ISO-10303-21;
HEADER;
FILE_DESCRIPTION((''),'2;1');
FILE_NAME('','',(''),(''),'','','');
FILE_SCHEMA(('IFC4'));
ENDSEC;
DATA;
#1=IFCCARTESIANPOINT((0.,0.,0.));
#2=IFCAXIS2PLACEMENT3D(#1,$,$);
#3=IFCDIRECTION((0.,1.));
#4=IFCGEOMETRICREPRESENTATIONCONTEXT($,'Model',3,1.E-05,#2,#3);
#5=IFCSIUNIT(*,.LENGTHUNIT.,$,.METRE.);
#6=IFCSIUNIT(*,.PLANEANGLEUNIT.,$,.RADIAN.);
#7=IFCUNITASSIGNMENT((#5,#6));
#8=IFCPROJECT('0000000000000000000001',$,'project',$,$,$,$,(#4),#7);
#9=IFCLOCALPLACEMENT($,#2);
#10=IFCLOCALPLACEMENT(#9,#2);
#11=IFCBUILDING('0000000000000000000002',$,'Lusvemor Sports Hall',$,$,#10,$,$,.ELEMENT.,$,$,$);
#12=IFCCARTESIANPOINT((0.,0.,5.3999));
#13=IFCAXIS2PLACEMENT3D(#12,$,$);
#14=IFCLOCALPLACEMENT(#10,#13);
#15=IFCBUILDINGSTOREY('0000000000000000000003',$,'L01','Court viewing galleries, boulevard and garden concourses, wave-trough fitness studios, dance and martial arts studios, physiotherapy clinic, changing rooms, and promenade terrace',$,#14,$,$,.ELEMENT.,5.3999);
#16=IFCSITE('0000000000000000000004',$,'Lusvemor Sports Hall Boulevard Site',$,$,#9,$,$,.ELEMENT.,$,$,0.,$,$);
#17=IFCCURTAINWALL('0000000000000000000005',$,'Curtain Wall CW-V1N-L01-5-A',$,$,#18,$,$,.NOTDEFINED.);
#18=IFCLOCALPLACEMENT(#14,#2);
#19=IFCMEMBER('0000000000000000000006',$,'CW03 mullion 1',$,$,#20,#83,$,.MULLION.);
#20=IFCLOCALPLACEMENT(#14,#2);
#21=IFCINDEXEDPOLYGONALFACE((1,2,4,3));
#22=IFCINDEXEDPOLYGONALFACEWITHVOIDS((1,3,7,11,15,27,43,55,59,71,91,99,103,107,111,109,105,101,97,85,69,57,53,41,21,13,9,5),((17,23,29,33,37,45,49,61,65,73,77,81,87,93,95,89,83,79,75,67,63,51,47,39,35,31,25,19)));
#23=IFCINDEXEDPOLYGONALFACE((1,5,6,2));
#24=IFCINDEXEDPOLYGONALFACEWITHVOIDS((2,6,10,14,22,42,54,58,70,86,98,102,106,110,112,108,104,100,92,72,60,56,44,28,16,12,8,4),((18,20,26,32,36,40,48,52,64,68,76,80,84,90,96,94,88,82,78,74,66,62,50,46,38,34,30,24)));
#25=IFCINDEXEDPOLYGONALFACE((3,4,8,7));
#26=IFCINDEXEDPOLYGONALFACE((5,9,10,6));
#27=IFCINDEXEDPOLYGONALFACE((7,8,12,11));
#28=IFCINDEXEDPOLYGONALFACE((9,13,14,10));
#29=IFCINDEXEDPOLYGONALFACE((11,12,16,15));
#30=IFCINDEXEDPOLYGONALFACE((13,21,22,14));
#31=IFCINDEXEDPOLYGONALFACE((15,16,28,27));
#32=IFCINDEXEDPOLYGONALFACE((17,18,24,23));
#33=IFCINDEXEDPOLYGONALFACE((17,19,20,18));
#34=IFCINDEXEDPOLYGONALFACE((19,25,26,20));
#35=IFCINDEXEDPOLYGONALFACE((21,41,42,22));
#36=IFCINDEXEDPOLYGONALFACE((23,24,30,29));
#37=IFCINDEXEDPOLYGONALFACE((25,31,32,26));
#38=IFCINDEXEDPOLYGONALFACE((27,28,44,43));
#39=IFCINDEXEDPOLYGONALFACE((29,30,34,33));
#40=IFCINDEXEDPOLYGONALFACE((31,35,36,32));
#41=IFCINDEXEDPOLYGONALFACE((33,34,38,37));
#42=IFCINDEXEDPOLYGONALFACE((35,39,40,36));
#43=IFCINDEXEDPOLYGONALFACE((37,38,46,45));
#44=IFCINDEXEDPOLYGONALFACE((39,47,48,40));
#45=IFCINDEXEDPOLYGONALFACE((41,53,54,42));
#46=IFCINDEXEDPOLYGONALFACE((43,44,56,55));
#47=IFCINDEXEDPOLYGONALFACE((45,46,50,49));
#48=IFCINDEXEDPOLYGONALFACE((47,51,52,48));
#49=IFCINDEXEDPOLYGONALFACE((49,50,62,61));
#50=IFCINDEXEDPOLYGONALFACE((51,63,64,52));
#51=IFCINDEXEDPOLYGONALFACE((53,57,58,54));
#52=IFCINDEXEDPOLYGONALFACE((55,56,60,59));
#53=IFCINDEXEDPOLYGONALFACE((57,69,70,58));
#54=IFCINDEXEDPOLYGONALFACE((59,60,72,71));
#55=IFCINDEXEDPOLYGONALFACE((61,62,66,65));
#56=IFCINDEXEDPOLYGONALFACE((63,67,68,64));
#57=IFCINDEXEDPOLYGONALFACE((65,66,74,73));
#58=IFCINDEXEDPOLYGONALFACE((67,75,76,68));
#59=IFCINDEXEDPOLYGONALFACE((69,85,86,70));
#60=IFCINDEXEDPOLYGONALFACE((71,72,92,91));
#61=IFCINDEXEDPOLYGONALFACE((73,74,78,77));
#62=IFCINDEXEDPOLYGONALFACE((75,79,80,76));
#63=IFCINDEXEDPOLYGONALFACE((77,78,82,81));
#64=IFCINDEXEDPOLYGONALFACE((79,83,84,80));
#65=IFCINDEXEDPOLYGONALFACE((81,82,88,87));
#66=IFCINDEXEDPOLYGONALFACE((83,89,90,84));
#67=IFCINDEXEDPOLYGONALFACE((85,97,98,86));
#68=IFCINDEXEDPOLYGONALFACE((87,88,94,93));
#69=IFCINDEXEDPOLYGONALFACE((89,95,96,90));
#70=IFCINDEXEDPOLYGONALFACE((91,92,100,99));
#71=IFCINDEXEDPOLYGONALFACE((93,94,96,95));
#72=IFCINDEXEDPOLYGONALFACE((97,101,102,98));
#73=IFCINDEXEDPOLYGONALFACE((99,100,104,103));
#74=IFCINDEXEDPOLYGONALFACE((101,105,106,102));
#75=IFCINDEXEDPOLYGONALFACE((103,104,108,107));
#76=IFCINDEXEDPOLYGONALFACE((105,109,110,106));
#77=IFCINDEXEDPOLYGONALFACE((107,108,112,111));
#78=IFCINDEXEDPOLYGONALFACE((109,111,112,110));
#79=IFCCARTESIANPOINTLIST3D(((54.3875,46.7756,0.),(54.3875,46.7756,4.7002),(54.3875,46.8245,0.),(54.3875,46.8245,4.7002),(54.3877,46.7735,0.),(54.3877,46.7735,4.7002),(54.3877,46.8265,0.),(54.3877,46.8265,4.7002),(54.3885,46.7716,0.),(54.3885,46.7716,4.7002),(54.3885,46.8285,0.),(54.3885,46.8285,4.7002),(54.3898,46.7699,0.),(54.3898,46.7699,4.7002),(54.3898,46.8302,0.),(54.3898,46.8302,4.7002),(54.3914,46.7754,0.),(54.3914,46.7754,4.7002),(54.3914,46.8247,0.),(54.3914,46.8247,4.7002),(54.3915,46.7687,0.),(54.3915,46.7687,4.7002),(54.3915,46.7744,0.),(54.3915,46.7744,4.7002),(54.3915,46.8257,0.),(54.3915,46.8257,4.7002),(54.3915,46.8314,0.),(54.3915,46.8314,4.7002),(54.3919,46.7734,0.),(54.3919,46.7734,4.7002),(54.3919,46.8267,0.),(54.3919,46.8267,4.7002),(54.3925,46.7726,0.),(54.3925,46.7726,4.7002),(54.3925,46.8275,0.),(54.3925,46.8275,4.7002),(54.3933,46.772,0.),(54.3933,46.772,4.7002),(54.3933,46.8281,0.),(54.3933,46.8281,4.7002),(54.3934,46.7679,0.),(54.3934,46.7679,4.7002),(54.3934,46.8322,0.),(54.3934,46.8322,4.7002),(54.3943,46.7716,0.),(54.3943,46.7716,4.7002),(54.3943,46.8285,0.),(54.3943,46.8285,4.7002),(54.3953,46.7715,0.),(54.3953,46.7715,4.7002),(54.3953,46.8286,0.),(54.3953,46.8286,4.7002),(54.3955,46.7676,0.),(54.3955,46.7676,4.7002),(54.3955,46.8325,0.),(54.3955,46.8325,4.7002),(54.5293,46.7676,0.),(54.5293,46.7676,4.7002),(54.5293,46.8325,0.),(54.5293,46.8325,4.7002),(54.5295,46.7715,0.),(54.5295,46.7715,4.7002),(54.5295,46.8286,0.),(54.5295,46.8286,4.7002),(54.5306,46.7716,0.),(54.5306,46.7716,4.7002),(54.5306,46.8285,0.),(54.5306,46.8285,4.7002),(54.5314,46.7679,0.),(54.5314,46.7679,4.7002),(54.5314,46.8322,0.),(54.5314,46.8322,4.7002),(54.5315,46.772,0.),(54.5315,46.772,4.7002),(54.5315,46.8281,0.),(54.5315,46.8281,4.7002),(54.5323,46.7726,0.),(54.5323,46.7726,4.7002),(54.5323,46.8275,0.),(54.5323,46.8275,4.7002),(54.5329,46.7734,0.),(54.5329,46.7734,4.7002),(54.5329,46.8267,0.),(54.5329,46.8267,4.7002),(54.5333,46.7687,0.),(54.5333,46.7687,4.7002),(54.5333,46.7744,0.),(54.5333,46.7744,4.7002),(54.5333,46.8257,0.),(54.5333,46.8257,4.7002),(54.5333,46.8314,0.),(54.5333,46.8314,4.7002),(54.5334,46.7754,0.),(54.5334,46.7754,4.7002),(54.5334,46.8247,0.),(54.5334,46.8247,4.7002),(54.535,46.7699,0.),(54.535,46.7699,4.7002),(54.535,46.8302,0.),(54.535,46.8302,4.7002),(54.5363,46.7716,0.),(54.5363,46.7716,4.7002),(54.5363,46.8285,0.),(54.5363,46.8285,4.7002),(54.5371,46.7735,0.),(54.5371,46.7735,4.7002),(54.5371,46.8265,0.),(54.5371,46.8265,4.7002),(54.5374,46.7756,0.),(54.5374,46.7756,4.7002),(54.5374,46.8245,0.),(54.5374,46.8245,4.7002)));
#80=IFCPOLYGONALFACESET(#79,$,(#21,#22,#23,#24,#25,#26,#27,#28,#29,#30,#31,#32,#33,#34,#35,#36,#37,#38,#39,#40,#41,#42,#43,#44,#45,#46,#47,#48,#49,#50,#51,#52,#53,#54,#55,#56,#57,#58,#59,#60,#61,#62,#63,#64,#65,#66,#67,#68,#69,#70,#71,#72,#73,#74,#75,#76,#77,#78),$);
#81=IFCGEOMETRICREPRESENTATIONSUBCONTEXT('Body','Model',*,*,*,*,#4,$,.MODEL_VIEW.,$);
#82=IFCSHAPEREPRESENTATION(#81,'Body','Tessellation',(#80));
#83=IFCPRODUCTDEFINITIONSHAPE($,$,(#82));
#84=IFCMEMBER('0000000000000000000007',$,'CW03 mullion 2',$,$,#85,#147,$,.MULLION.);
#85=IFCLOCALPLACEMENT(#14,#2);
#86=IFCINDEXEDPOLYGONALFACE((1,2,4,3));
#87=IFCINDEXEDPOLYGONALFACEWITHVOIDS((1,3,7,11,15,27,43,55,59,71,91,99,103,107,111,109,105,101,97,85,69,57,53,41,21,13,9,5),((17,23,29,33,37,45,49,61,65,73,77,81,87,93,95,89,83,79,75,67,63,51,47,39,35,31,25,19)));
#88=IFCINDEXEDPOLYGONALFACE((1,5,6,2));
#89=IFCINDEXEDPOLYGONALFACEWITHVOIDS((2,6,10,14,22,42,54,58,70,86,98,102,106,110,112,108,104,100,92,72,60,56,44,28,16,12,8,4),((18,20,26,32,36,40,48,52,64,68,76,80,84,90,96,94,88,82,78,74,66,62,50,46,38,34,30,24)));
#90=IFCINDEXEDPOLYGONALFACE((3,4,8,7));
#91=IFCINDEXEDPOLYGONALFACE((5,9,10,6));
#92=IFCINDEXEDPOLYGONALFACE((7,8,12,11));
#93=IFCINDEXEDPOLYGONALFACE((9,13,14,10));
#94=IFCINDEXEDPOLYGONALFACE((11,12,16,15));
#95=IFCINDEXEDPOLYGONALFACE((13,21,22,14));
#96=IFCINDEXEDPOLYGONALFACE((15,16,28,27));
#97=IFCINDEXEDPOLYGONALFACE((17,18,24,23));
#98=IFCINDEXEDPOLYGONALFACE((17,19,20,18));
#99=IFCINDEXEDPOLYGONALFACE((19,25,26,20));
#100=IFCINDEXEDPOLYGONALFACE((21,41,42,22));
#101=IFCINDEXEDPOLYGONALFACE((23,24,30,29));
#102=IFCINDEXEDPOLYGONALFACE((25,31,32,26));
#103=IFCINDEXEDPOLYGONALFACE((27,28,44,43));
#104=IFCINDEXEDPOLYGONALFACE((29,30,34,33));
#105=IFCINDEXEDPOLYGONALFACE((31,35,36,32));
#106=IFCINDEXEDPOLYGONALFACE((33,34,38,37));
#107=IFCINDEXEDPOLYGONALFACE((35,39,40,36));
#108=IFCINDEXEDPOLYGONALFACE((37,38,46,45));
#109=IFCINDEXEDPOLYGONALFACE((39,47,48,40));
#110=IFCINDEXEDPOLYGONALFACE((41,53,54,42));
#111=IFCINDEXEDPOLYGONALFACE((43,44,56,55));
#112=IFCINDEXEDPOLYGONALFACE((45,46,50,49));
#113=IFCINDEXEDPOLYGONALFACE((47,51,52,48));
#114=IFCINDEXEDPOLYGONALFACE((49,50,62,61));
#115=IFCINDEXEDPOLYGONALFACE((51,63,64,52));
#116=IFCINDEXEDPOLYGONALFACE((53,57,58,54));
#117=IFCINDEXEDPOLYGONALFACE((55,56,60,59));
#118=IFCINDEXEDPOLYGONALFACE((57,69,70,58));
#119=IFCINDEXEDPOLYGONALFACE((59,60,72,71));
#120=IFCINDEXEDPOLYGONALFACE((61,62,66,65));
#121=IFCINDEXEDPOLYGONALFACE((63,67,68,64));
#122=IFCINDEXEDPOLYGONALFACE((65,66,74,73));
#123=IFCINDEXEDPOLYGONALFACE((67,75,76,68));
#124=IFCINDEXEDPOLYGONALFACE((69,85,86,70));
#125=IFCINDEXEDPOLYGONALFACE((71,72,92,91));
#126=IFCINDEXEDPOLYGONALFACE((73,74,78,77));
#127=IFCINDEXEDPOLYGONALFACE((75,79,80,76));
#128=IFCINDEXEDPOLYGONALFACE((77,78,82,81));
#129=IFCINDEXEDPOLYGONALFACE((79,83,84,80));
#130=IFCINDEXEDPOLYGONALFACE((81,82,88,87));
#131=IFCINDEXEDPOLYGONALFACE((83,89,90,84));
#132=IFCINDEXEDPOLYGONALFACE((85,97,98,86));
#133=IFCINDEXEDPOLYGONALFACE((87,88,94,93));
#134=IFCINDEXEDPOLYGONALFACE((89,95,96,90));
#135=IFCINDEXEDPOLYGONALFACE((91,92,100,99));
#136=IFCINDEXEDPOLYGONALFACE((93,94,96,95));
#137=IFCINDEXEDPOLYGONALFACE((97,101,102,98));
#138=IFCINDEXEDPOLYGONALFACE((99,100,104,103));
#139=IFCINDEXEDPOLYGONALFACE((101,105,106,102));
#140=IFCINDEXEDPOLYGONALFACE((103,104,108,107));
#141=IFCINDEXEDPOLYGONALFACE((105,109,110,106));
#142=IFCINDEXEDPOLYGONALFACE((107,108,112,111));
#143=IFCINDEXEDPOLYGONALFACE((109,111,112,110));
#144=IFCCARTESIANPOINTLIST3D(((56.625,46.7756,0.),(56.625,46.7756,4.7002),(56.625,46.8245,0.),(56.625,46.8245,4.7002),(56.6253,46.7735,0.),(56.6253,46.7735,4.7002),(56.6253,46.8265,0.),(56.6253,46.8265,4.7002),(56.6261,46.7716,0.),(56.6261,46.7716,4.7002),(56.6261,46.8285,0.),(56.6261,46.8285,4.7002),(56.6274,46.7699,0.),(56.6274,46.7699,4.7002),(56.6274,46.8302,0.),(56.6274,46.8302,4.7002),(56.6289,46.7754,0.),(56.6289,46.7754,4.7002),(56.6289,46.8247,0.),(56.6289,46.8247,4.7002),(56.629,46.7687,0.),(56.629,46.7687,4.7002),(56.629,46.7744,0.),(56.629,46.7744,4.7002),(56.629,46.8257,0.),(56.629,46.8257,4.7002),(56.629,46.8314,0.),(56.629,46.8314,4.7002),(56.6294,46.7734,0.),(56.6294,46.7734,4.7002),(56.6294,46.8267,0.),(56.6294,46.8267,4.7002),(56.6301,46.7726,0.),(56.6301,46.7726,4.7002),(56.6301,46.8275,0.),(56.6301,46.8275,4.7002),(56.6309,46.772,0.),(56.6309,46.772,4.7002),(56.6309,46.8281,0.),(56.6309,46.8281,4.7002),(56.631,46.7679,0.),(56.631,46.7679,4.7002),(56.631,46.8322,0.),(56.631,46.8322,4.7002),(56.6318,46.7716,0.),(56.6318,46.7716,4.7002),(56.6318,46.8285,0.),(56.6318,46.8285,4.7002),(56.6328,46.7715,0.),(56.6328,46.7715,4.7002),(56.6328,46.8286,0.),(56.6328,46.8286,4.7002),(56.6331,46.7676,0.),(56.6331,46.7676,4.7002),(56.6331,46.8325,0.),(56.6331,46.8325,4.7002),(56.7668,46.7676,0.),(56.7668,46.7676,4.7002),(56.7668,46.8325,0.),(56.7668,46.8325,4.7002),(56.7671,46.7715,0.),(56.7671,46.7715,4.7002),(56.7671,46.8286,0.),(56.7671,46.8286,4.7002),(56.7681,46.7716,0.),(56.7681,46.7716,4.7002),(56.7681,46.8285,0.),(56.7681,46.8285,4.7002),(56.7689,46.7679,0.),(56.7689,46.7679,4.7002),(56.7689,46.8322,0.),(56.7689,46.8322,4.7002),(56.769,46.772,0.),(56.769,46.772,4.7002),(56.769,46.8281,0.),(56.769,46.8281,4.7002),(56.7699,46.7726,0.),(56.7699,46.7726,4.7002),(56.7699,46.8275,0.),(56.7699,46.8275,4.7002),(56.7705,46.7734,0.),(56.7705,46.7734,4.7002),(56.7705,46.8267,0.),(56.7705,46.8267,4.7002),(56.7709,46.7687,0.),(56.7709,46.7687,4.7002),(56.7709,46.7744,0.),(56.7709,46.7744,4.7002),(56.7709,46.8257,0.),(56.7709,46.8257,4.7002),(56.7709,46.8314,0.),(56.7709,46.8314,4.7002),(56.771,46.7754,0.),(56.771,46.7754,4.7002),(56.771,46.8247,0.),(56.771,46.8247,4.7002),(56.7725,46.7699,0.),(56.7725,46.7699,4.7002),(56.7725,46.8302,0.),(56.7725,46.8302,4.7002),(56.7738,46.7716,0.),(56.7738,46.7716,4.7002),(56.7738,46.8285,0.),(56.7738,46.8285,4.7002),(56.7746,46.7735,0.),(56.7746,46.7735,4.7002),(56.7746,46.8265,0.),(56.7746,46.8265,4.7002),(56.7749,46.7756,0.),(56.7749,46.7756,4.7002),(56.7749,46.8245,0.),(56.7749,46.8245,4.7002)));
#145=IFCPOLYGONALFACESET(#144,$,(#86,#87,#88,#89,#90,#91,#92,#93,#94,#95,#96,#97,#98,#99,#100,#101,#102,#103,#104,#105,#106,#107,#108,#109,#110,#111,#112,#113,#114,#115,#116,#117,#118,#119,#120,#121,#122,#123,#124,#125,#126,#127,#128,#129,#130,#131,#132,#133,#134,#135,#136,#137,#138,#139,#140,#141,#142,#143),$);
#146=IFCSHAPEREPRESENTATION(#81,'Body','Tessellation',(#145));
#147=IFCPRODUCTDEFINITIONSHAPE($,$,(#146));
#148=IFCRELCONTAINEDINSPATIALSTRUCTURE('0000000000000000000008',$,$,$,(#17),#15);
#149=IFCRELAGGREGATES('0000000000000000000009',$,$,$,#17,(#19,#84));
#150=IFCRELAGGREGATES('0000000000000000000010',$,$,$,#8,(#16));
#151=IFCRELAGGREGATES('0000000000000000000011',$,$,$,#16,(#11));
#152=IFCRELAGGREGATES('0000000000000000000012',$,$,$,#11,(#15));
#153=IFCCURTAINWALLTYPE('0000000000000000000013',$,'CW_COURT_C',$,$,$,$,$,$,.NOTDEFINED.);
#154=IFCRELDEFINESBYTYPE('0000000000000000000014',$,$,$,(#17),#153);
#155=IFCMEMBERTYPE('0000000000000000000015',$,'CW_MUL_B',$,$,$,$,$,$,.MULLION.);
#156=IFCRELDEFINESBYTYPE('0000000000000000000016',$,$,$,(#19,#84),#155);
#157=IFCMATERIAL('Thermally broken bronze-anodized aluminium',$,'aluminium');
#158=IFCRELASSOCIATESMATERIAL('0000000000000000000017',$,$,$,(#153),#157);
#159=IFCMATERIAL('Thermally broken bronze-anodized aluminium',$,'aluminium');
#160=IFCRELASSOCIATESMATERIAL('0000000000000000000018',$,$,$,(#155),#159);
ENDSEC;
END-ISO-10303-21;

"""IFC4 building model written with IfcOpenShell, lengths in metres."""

from ifc_helpers import new_model, si_unit, direction, frame, origin, origin_2d, place, context, subcontext, project, spatial, hollow_rectangle, extrude, material, material_profile, profile_set, type_object, element, aggregate, save


model = new_model("IFC4")

# Units and contexts
model_context = context("Model", 3, precision=1e-05, world=origin(), true_north=direction((0.0, 1.0)))
body_context = subcontext(model_context, "Body", "Model", "MODEL_VIEW")
ifc_project = project(units=[si_unit("LENGTHUNIT", "METRE"), si_unit("PLANEANGLEUNIT", "RADIAN")], contexts=[model_context])

# Site, building, storey
site_placement = place(None, origin())
site = spatial("IfcSite", under=ifc_project, at=site_placement, Name="Lusvemor Sports Hall Boulevard Site", CompositionType="ELEMENT", RefElevation=0.0)
building_placement = place(site_placement, origin())
building = spatial("IfcBuilding", under=site, at=building_placement, Name="Lusvemor Sports Hall", CompositionType="ELEMENT")
storey_placement = place(building_placement, frame((0.0, 0.0, 5.3999)))
storey = spatial("IfcBuildingStorey", under=building, at=storey_placement, Name="L01", Description="Court viewing galleries, boulevard and garden concourses, wave-trough fitness studios, dance and martial arts studios, physiotherapy clinic, changing rooms, and promenade terrace", CompositionType="ELEMENT", Elevation=5.3999)

# Curtain wall, members
ifc_material_1 = material(Name="Thermally broken bronze-anodized aluminium", Category="aluminium")
curtain_wall_type = type_object("IfcCurtainWallType", Name="CW_COURT_C", PredefinedType="NOTDEFINED", material=ifc_material_1)
ifc_material_2 = material(Name="Thermally broken bronze-anodized aluminium", Category="aluminium")
ifc_material_profile_1 = material_profile(ifc_material_2, hollow_rectangle(XDim=0.0649, YDim=0.1499, WallThickness=0.0039, InnerFilletRadius=0.0039, OuterFilletRadius=0.0081, at=origin_2d()), Name="CWMUL150x65x4")
ifc_profile_set_1 = profile_set([ifc_material_profile_1], Name="Thermally broken bronze-anodized aluminium")
member_type_1 = type_object("IfcMemberType", Name="CW_MUL_B", PredefinedType="MULLION", material=ifc_profile_set_1)
curtain_wall_1_placement = place(storey_placement, origin())
curtain_wall_1 = element("IfcCurtainWall", 1, at=curtain_wall_1_placement, inside=storey, type_object=curtain_wall_type, Name="Curtain Wall CW-V1N-L01-5-A", PredefinedType="NOTDEFINED")
member_1_placement = place(storey_placement, frame((54.4624, 46.8, 0.0), z_axis=(0.0, 0.0, 1.0), x_axis=(0.0, 1.0, 0.0)))
member_1 = element("IfcMember", 2, at=member_1_placement, type_object=member_type_1, Name="CW03 mullion 1", PredefinedType="MULLION", context=body_context, shape_type="SweptSolid", body=[
    extrude(hollow_rectangle(XDim=0.0649, YDim=0.1499, WallThickness=0.0039, InnerFilletRadius=0.0039, OuterFilletRadius=0.0081, at=origin_2d()), origin(), (0.0, 0.0, 1.0), 4.7002),
])
member_2_placement = place(storey_placement, frame((56.7, 46.8, 0.0), z_axis=(0.0, 0.0, 1.0), x_axis=(0.0, 1.0, 0.0)))
member_2 = element("IfcMember", 3, at=member_2_placement, type_object=member_type_1, Name="CW03 mullion 2", PredefinedType="MULLION", context=body_context, shape_type="SweptSolid", body=[
    extrude(hollow_rectangle(XDim=0.0649, YDim=0.1499, WallThickness=0.0039, InnerFilletRadius=0.0039, OuterFilletRadius=0.0081, at=origin_2d()), origin(), (0.0, 0.0, 1.0), 4.7002),
])

aggregate(curtain_wall_1, [member_1, member_2])

save(model, "model.ifc")
